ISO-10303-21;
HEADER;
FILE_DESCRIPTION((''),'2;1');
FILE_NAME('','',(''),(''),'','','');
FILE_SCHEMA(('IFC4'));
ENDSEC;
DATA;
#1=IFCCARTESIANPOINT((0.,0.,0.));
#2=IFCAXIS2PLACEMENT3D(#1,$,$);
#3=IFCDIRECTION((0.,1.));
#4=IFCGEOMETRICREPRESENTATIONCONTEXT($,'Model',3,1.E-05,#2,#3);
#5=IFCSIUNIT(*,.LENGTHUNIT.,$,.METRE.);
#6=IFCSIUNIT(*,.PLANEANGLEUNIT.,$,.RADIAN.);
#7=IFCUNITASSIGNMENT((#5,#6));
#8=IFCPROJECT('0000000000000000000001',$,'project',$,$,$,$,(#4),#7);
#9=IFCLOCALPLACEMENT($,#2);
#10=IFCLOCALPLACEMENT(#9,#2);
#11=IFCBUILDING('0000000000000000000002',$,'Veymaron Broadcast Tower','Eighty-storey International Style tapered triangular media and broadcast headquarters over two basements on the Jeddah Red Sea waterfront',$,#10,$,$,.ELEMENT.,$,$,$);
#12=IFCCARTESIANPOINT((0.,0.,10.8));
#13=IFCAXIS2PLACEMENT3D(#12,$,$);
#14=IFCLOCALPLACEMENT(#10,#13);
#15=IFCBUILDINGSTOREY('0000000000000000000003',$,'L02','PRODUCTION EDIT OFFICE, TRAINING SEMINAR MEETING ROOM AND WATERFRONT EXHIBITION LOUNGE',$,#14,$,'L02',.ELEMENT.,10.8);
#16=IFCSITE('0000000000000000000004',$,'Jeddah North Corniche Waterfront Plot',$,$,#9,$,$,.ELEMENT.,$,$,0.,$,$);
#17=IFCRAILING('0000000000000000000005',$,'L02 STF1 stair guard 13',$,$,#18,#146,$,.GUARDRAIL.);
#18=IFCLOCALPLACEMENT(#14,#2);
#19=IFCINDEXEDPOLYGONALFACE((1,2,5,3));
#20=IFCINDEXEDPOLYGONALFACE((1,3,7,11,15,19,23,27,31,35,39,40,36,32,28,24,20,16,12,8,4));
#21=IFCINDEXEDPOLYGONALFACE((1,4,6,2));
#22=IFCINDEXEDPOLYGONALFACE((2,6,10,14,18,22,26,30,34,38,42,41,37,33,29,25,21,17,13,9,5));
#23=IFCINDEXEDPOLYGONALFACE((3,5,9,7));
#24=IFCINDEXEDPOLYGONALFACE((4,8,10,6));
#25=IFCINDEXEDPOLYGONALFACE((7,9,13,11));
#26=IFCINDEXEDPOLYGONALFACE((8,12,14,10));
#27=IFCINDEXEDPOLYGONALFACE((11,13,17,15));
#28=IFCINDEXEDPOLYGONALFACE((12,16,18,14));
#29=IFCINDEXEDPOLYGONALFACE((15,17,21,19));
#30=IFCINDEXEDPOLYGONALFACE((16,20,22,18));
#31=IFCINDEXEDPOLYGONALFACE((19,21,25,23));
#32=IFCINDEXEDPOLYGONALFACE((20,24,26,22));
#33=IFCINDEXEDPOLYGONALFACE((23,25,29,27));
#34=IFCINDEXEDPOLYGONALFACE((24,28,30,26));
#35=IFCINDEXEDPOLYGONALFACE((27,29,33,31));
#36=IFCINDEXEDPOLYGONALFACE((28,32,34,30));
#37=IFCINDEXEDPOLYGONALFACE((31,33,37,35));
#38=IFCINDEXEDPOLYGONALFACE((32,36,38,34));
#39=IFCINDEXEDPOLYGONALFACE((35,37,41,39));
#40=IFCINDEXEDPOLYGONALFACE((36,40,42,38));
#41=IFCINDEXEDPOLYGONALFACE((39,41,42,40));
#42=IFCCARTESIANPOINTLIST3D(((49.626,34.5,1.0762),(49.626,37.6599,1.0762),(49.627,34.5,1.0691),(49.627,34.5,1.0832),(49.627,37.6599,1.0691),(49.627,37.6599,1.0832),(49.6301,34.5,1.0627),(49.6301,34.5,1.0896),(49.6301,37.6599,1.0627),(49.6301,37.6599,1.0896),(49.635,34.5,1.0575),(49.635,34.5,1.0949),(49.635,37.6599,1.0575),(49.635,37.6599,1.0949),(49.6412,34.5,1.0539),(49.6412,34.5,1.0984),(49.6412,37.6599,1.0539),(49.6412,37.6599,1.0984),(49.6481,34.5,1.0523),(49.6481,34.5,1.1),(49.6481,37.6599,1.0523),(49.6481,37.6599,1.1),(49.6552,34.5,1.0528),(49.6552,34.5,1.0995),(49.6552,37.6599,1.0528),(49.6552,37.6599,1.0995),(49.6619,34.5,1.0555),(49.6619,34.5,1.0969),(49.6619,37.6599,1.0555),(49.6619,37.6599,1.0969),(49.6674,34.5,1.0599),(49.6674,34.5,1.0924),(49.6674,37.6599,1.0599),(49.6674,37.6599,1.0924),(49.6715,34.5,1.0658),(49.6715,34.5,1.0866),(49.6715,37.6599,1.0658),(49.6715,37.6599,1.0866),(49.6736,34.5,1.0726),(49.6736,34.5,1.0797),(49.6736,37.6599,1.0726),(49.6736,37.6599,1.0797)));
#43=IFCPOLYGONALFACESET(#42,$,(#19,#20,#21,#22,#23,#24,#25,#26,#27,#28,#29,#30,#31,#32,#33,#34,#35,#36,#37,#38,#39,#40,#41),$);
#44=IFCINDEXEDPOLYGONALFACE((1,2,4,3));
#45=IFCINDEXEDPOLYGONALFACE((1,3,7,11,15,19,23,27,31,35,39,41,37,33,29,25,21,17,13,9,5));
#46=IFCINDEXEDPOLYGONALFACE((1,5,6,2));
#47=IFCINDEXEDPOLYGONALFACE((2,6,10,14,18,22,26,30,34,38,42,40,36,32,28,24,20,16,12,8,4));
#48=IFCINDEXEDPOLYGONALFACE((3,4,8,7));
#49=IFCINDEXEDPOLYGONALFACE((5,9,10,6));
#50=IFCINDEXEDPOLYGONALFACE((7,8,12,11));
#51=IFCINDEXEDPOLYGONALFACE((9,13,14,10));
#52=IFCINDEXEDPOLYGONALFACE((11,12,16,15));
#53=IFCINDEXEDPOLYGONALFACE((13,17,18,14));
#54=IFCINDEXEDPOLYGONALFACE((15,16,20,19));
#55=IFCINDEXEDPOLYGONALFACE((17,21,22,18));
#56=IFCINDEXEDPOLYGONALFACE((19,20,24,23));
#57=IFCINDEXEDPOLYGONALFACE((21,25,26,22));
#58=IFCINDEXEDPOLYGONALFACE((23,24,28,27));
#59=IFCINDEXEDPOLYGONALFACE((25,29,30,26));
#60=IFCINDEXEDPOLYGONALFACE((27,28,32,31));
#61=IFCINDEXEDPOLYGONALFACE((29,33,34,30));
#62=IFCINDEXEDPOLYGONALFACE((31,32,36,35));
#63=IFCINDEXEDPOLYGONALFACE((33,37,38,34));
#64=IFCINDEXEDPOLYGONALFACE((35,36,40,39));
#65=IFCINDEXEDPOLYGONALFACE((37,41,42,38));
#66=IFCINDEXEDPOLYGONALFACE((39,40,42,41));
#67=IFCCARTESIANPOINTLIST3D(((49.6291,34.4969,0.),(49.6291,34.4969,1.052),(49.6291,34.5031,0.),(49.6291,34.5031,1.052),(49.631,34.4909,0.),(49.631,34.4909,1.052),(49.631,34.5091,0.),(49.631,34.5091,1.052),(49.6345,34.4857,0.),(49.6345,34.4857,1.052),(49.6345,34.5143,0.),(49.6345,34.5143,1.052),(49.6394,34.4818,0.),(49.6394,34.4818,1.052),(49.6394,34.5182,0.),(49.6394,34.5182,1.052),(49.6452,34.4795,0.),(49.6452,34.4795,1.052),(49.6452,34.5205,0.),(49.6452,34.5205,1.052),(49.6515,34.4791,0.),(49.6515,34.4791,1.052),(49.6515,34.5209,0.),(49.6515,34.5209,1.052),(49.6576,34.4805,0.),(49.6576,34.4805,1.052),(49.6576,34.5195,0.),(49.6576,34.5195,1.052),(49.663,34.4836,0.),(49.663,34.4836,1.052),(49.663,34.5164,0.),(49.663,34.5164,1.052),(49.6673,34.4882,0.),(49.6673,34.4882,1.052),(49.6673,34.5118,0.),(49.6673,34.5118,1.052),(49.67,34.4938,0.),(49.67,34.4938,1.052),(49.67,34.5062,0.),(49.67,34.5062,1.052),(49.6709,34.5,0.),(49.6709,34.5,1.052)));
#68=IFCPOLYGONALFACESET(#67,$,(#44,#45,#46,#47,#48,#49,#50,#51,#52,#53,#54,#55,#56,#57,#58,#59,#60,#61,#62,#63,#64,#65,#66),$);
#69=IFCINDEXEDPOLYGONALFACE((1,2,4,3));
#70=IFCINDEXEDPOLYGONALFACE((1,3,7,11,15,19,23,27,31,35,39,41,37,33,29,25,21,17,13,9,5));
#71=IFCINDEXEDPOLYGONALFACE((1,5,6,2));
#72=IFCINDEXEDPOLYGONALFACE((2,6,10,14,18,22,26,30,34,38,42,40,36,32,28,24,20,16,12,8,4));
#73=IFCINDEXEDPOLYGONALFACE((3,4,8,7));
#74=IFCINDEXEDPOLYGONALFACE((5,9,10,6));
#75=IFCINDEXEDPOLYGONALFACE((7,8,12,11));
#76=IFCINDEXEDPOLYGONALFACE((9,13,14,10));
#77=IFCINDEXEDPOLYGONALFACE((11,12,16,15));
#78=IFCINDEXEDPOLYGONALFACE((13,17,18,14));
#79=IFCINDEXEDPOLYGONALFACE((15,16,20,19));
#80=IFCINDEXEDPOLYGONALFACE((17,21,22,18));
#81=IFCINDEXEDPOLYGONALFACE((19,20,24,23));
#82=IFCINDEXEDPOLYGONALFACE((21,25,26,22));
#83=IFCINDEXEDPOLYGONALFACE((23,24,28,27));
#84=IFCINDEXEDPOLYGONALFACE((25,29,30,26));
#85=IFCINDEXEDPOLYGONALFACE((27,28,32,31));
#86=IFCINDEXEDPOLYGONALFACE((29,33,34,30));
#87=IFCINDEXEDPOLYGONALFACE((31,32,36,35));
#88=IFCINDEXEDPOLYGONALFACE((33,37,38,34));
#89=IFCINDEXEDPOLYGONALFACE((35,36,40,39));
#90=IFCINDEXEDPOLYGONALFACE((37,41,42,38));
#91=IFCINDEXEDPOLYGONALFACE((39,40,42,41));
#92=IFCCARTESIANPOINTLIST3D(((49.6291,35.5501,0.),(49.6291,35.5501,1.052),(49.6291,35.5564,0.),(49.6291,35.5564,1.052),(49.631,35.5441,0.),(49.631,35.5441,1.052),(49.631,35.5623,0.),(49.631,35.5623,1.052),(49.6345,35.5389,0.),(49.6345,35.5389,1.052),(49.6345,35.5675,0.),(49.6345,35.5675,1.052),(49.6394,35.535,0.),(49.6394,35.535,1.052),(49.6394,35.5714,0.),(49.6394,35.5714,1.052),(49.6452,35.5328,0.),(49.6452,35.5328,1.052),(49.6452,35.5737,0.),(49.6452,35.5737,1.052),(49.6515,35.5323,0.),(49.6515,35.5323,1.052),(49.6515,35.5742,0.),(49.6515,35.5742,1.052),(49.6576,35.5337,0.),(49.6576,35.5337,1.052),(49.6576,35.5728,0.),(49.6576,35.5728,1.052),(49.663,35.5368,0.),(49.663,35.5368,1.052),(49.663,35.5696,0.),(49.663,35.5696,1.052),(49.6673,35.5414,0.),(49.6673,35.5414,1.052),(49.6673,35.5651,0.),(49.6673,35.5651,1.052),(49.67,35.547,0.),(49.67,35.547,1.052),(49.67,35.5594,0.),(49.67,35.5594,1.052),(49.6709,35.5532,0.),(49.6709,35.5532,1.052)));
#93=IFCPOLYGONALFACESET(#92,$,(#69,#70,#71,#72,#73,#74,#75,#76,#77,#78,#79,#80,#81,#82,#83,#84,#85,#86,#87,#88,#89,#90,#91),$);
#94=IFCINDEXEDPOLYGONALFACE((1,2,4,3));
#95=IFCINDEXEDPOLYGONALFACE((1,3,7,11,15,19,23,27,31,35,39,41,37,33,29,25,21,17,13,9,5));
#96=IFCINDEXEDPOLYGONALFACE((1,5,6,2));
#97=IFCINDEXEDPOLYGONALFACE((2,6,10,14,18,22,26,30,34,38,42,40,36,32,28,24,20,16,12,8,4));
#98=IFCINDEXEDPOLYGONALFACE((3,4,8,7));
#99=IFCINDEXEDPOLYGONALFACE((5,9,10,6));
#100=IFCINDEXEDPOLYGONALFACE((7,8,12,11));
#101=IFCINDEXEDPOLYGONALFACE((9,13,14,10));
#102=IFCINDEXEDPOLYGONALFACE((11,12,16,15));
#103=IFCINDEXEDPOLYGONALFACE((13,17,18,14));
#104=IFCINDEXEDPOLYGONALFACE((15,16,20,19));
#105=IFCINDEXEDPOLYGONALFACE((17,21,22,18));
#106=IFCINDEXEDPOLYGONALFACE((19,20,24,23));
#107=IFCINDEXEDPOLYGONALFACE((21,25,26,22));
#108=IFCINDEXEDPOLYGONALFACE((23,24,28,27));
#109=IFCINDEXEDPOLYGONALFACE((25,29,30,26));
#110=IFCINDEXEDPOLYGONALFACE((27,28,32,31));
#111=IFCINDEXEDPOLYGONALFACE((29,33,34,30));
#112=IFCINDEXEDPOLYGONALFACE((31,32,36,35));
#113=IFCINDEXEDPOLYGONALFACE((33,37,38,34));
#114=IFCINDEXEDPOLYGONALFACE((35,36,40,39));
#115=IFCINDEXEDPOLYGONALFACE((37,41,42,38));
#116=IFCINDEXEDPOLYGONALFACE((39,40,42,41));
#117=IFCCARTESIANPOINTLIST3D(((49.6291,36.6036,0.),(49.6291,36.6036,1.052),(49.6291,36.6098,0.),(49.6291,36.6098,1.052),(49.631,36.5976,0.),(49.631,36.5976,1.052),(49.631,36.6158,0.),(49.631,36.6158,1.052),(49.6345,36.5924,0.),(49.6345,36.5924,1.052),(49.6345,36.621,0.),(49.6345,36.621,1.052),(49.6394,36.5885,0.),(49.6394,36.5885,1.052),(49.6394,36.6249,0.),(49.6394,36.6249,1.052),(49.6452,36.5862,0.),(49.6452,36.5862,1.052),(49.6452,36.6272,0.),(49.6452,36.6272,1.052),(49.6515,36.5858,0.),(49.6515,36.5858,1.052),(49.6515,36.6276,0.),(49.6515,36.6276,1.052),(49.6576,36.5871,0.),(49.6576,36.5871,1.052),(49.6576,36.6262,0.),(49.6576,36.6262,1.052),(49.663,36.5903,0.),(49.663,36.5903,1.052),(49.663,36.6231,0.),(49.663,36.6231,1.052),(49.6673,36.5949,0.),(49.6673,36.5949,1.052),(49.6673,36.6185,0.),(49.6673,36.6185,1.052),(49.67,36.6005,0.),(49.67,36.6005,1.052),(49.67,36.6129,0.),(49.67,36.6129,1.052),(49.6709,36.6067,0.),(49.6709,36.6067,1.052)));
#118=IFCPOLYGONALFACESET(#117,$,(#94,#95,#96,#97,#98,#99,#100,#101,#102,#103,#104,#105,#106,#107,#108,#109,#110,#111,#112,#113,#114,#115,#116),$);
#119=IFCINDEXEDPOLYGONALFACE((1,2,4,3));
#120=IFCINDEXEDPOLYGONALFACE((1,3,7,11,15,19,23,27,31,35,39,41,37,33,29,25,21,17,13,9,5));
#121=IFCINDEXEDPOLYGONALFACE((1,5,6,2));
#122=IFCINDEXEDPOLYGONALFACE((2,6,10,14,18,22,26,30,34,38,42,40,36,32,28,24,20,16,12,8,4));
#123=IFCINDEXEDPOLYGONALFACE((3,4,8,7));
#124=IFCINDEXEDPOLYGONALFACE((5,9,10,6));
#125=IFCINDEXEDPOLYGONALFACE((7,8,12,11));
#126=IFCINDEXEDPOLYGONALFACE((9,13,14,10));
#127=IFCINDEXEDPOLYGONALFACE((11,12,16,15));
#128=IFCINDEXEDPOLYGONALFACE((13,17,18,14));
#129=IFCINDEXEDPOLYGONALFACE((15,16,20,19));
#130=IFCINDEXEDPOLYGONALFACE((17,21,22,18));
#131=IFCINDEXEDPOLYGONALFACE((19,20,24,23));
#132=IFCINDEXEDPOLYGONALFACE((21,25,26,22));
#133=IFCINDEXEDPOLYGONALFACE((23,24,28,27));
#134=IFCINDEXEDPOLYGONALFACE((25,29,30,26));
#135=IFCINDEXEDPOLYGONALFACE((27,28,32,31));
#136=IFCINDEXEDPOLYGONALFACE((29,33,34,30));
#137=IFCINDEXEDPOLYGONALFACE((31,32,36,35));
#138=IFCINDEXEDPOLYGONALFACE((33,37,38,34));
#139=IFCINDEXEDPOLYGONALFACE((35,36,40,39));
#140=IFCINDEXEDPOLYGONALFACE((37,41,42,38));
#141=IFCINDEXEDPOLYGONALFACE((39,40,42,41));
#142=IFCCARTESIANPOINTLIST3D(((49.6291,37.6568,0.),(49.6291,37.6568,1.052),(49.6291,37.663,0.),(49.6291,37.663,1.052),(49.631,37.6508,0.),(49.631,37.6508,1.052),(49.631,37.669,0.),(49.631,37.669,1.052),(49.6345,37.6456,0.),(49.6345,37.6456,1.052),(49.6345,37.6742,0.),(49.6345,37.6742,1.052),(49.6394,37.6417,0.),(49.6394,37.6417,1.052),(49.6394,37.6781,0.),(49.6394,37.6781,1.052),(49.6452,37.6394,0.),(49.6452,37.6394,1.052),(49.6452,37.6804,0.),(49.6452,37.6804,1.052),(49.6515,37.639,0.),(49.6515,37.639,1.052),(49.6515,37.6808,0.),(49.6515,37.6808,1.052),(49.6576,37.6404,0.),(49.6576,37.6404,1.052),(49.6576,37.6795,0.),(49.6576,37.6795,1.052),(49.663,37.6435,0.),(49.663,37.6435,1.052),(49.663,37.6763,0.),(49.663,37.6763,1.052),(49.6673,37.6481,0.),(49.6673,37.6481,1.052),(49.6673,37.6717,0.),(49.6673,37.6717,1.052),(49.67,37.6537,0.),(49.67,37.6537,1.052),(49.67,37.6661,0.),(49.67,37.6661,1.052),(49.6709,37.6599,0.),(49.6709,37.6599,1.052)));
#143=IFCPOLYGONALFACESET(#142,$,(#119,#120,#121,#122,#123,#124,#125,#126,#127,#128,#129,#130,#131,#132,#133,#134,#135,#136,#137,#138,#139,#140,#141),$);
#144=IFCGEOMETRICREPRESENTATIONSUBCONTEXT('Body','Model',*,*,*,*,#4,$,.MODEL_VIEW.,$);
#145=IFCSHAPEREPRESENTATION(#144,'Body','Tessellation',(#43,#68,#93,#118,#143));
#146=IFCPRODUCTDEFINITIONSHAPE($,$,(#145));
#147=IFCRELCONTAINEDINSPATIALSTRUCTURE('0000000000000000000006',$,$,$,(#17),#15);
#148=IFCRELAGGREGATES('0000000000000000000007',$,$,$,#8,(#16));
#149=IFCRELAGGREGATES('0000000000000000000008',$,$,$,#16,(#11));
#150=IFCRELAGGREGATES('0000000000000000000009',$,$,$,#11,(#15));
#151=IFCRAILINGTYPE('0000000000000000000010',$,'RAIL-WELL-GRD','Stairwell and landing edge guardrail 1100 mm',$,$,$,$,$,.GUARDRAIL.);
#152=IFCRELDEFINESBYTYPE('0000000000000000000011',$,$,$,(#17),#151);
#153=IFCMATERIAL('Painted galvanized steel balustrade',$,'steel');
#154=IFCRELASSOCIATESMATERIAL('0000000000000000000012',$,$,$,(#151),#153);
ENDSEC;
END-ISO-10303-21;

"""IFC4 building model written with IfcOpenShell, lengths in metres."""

from ifc_helpers import new_model, si_unit, direction, frame, origin, origin_2d, place, context, subcontext, project, spatial, circle, extrude, material, type_object, element, save


model = new_model("IFC4")

# Units and contexts
model_context = context("Model", 3, precision=1e-05, world=origin(), true_north=direction((0.0, 1.0)))
body_context = subcontext(model_context, "Body", "Model", "MODEL_VIEW")
ifc_project = project(units=[si_unit("LENGTHUNIT", "METRE"), si_unit("PLANEANGLEUNIT", "RADIAN")], contexts=[model_context])

# Site, building, storey
site_placement = place(None, origin())
site = spatial("IfcSite", under=ifc_project, at=site_placement, Name="Jeddah North Corniche Waterfront Plot", CompositionType="ELEMENT", RefElevation=0.0)
building_placement = place(site_placement, origin())
building = spatial("IfcBuilding", under=site, at=building_placement, Name="Veymaron Broadcast Tower", Description="Eighty-storey International Style tapered triangular media and broadcast headquarters over two basements on the Jeddah Red Sea waterfront", CompositionType="ELEMENT")
storey_placement = place(building_placement, frame((0.0, 0.0, 10.8)))
storey = spatial("IfcBuildingStorey", under=building, at=storey_placement, Name="L02", Description="PRODUCTION EDIT OFFICE, TRAINING SEMINAR MEETING ROOM AND WATERFRONT EXHIBITION LOUNGE", LongName="L02", CompositionType="ELEMENT", Elevation=10.8)

# Railing
ifc_material_1 = material(Name="Painted galvanized steel balustrade", Category="steel")
railing_type = type_object("IfcRailingType", Name="RAIL-WELL-GRD", Description="Stairwell and landing edge guardrail 1100 mm", PredefinedType="GUARDRAIL", material=ifc_material_1)
railing_1_placement = place(storey_placement, frame((49.6499, 34.5, 0.0)))
element("IfcRailing", 1, at=railing_1_placement, inside=storey, type_object=railing_type, Name="L02 STF1 stair guard 13", PredefinedType="GUARDRAIL", context=body_context, shape_type="SweptSolid", body=[
    extrude(circle(Radius=0.0239, at=origin_2d()), frame((0.0, 0.0, 1.0762), z_axis=(0.0, 1.0, 0.0), x_axis=(-1.0, 0.0, 0.0)), (0.0, 0.0, 1.0), 3.1599),
    extrude(circle(Radius=0.021, at=origin_2d()), origin(), (0.0, 0.0, 1.0), 1.052),
    extrude(circle(Radius=0.021, at=origin_2d()), frame((0.0, 1.0532, 0.0)), (0.0, 0.0, 1.0), 1.052),
    extrude(circle(Radius=0.021, at=origin_2d()), frame((0.0, 2.1067, 0.0)), (0.0, 0.0, 1.0), 1.052),
    extrude(circle(Radius=0.021, at=origin_2d()), frame((0.0, 3.1599, 0.0)), (0.0, 0.0, 1.0), 1.052),
])

save(model, "model.ifc")
